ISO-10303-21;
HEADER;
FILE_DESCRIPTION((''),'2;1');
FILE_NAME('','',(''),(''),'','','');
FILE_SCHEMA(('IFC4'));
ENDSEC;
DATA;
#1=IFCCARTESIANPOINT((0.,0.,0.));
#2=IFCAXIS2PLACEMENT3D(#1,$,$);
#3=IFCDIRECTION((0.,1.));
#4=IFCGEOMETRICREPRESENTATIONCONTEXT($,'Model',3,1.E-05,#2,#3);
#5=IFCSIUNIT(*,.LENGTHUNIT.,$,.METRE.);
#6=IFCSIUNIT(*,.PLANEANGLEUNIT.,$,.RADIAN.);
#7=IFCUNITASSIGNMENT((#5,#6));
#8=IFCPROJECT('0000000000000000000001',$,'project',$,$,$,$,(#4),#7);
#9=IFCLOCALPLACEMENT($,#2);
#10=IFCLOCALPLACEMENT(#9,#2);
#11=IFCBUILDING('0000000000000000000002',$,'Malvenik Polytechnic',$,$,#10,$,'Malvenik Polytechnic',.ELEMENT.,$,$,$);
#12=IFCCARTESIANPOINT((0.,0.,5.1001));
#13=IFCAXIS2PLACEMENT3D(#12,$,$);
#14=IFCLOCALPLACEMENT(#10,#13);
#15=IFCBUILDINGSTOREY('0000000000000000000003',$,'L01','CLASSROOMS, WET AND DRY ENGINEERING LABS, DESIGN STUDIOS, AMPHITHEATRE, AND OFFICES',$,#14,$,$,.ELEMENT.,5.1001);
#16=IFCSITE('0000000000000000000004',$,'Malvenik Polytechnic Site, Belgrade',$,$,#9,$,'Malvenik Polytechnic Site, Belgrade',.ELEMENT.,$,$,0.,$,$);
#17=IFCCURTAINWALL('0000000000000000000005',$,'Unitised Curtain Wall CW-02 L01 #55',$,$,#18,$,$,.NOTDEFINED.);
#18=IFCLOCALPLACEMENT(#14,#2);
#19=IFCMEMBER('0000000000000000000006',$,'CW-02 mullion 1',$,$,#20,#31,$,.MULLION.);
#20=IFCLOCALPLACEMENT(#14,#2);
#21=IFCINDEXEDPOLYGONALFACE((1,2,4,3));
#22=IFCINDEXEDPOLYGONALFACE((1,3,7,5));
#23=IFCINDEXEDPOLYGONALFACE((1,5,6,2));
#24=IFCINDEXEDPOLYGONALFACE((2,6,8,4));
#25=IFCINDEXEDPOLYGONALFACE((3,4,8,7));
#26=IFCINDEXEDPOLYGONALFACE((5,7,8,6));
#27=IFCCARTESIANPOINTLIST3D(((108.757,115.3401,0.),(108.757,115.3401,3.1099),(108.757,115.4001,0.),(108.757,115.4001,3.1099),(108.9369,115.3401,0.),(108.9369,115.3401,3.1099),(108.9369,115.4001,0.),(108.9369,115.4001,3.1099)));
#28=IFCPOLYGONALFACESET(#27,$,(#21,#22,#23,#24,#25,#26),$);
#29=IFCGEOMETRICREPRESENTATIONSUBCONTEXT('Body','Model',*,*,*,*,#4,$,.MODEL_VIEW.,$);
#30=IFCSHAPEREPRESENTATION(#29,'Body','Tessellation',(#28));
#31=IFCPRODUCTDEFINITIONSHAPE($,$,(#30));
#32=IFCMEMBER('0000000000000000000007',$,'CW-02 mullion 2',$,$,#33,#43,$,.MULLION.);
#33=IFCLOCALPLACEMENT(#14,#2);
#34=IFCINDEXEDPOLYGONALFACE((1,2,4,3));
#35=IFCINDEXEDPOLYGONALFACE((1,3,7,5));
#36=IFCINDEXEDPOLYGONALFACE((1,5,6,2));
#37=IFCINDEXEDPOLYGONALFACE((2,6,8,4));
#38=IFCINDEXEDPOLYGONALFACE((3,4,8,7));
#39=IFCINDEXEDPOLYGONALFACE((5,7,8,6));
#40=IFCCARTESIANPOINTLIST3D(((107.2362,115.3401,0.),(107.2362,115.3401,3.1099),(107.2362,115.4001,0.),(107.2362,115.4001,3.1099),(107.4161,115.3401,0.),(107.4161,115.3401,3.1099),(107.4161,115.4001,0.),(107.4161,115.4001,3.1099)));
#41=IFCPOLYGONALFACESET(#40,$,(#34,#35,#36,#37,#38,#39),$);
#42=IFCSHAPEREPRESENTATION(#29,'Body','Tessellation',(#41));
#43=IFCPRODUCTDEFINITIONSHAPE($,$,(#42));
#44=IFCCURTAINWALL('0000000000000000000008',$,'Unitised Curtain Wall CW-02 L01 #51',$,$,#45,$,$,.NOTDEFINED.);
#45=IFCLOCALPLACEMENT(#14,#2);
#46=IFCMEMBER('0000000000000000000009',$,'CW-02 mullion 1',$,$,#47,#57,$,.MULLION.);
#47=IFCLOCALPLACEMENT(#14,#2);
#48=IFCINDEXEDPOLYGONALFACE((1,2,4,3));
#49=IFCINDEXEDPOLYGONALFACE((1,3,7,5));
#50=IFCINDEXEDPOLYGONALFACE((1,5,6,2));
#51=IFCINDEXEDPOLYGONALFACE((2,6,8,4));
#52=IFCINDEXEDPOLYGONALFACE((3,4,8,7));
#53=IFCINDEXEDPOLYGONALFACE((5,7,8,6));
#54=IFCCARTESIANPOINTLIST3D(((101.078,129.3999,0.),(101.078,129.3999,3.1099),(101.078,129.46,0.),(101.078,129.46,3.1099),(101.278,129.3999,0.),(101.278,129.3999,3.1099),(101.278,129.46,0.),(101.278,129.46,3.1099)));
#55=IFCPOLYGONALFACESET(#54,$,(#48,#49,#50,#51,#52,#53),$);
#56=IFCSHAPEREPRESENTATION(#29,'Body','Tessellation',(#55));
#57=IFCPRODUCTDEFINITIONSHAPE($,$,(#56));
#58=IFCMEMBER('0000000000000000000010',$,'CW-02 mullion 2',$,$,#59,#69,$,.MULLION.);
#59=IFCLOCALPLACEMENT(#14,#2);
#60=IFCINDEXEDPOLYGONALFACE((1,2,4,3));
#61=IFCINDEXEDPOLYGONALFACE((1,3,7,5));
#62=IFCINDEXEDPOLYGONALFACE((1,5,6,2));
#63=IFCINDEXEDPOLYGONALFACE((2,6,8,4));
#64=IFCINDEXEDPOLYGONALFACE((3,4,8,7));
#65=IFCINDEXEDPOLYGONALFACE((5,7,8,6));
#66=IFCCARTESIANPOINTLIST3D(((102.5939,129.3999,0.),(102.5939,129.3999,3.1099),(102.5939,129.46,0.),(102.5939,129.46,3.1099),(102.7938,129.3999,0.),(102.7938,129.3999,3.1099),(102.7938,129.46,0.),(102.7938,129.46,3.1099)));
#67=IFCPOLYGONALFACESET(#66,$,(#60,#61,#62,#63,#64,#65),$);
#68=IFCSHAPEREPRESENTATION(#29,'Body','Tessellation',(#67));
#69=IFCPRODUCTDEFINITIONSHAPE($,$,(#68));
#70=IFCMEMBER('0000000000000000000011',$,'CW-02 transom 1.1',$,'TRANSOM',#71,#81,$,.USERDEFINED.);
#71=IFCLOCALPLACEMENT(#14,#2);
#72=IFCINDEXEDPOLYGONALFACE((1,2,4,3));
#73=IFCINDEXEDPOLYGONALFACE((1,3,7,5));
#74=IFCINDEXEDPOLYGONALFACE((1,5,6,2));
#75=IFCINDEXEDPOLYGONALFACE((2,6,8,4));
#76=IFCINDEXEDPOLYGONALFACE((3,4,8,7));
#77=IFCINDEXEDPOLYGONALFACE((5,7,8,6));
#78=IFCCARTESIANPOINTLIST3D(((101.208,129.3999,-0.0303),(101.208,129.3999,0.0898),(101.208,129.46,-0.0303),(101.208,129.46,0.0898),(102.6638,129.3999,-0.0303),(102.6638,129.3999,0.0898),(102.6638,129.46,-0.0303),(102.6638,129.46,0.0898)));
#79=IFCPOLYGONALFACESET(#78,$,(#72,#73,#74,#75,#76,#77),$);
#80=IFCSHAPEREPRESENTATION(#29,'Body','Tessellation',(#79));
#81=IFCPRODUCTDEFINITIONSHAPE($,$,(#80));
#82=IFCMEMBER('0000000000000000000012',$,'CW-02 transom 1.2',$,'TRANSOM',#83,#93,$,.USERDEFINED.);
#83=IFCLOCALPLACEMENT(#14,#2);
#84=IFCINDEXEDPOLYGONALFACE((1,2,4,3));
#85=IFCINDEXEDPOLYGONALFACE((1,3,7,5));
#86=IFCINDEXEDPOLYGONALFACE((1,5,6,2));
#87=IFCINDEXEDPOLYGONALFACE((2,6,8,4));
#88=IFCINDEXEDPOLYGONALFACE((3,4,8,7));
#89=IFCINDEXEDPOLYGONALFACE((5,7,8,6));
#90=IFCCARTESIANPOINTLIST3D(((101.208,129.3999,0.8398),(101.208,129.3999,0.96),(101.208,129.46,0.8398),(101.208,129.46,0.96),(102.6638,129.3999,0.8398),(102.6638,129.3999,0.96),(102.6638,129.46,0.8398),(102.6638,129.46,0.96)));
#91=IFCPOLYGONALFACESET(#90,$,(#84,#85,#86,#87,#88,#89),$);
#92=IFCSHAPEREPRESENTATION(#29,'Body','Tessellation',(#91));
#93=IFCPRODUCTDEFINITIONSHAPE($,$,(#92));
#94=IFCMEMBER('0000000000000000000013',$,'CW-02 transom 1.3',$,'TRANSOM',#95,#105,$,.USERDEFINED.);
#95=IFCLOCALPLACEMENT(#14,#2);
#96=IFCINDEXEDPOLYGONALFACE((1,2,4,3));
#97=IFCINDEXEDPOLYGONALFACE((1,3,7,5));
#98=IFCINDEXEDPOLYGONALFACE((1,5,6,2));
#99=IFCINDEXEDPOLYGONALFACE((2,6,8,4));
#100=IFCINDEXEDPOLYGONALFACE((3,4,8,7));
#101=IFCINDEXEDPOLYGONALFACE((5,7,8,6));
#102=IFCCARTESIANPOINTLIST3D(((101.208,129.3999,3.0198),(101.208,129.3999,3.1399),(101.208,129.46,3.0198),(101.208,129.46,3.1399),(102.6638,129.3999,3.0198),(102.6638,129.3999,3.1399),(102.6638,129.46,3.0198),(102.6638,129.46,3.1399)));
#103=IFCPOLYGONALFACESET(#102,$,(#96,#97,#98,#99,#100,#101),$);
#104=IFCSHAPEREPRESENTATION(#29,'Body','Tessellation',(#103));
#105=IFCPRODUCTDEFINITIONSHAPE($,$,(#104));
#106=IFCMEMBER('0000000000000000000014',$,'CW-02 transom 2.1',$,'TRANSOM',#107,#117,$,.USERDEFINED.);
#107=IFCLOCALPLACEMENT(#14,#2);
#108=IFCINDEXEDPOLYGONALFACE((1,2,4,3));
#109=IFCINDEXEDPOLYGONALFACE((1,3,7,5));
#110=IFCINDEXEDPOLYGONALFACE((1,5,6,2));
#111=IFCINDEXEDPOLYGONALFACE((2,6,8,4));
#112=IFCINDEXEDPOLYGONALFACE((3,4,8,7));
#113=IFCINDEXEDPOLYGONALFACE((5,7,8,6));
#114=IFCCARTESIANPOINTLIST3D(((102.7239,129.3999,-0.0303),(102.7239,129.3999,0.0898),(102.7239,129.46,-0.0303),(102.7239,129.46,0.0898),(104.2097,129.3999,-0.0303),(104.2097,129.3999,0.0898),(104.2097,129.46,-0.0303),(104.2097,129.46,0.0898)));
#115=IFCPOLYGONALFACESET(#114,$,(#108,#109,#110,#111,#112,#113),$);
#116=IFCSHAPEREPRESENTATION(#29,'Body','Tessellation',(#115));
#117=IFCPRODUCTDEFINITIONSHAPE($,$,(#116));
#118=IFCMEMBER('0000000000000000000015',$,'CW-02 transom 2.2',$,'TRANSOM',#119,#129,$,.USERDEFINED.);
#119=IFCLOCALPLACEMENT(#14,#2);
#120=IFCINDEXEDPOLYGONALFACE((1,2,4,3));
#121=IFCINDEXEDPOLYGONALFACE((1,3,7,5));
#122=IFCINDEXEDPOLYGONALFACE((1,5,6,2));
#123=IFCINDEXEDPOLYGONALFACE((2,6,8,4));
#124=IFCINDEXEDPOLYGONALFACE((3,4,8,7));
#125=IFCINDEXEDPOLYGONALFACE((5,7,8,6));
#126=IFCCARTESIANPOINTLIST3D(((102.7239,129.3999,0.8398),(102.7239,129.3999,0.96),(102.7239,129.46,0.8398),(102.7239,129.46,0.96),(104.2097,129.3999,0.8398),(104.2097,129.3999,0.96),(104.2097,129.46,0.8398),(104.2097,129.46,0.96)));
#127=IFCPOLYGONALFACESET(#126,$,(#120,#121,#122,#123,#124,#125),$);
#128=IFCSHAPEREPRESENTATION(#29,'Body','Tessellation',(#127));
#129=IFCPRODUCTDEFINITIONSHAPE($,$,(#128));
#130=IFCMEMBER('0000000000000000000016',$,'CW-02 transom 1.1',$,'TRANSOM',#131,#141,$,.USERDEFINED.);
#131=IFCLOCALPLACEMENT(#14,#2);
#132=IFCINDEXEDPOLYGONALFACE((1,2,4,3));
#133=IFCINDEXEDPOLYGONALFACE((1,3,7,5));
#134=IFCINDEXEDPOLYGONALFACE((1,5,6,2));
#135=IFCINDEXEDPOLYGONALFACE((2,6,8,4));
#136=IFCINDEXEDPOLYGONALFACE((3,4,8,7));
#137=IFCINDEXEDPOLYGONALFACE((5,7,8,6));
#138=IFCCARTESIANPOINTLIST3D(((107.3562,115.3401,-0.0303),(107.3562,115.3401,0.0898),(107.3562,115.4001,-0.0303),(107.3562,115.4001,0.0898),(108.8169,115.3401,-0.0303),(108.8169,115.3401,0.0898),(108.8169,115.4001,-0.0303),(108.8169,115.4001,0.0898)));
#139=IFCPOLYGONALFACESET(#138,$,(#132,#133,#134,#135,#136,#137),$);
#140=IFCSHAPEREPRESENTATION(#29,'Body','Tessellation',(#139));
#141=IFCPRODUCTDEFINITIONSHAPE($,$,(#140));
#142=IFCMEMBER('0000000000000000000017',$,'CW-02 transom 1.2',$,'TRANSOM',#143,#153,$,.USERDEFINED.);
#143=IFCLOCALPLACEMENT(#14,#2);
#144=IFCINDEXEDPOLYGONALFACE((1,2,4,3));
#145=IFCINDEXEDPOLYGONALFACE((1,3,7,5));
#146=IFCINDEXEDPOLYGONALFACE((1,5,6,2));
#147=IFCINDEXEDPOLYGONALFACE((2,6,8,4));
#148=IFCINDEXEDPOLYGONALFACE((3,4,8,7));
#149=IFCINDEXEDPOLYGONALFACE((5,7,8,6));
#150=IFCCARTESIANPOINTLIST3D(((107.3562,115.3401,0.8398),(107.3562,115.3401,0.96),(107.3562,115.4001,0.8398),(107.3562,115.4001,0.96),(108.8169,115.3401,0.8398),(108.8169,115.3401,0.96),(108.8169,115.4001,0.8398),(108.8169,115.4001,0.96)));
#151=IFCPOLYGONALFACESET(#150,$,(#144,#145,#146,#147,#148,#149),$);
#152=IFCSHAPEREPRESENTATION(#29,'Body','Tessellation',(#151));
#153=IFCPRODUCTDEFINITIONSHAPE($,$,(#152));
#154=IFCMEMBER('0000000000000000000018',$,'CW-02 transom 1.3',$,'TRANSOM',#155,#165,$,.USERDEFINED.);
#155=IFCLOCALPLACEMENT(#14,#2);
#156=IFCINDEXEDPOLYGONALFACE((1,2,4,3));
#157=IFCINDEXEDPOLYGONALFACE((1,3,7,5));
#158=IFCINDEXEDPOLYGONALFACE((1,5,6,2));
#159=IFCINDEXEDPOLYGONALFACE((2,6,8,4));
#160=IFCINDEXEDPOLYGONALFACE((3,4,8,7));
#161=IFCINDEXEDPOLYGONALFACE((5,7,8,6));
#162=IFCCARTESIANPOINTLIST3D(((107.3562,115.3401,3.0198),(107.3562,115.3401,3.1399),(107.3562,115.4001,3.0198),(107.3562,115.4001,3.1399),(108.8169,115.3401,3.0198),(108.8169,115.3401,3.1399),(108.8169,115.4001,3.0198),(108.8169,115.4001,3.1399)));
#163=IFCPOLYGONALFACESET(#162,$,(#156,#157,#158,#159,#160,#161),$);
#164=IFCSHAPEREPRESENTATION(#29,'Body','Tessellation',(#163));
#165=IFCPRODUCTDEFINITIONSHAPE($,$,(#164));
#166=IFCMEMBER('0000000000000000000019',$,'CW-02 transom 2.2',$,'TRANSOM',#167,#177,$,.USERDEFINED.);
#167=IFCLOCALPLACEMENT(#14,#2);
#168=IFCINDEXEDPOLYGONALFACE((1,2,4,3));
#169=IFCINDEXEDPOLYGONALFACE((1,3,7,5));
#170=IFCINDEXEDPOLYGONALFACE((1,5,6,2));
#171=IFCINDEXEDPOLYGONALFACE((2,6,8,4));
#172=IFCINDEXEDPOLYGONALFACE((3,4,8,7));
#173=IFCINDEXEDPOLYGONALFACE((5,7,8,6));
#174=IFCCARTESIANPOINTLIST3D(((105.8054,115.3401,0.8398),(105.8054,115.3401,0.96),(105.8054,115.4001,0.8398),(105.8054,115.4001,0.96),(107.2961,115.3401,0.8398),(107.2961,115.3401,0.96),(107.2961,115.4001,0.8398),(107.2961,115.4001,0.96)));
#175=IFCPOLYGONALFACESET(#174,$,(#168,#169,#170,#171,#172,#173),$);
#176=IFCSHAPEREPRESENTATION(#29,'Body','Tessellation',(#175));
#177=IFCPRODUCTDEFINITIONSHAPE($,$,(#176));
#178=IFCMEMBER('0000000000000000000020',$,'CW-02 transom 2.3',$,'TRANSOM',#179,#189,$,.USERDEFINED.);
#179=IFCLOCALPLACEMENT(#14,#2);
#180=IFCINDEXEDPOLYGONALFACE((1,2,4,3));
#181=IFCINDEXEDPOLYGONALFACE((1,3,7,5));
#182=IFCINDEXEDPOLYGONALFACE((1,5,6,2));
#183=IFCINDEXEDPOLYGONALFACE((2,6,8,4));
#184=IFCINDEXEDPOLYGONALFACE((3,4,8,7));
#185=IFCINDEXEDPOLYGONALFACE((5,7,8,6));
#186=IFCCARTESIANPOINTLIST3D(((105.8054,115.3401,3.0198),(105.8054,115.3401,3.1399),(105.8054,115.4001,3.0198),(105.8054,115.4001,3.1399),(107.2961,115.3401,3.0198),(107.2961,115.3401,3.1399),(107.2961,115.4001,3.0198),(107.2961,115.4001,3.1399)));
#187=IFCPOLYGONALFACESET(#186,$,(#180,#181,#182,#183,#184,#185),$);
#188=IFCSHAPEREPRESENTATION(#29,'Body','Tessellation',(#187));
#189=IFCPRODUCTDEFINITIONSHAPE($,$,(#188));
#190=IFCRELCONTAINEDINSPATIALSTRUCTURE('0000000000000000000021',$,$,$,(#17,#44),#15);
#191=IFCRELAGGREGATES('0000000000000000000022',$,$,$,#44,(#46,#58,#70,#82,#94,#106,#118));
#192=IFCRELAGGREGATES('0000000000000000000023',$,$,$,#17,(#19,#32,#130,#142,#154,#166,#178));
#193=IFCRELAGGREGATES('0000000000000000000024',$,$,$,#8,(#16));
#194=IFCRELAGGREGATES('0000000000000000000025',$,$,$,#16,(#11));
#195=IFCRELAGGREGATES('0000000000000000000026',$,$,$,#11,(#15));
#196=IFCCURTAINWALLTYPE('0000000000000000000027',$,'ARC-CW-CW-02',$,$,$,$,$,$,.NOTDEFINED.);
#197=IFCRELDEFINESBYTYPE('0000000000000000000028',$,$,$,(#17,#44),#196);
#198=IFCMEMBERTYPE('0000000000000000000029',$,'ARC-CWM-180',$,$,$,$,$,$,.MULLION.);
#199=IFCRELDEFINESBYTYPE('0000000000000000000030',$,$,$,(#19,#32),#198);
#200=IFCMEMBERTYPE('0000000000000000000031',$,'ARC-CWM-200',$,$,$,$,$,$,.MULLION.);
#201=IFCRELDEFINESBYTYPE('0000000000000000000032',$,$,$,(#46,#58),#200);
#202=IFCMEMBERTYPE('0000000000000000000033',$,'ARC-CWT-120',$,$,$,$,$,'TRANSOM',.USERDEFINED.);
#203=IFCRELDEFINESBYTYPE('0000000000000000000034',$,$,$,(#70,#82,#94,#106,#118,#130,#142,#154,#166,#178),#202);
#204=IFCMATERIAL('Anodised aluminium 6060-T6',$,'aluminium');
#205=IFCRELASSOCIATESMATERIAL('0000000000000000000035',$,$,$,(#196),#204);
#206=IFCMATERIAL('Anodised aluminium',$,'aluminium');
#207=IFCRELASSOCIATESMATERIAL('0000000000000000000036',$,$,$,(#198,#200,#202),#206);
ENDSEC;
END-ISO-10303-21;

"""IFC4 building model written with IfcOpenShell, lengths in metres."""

from ifc_helpers import new_model, si_unit, direction, frame, origin, origin_2d, place, context, subcontext, project, spatial, rectangle, extrude, material, material_profile, profile_set, type_object, element, aggregate, save


model = new_model("IFC4")

# Units and contexts
model_context = context("Model", 3, precision=1e-05, world=origin(), true_north=direction((0.0, 1.0)))
body_context = subcontext(model_context, "Body", "Model", "MODEL_VIEW")
ifc_project = project(units=[si_unit("LENGTHUNIT", "METRE"), si_unit("PLANEANGLEUNIT", "RADIAN")], contexts=[model_context])

# Site, building, storey
site_placement = place(None, origin())
site = spatial("IfcSite", under=ifc_project, at=site_placement, Name="Malvenik Polytechnic Site, Belgrade", LongName="Malvenik Polytechnic Site, Belgrade", CompositionType="ELEMENT", RefElevation=0.0)
building_placement = place(site_placement, origin())
building = spatial("IfcBuilding", under=site, at=building_placement, Name="Malvenik Polytechnic", LongName="Malvenik Polytechnic", CompositionType="ELEMENT")
storey_placement = place(building_placement, frame((0.0, 0.0, 5.1001)))
storey = spatial("IfcBuildingStorey", under=building, at=storey_placement, Name="L01", Description="CLASSROOMS, WET AND DRY ENGINEERING LABS, DESIGN STUDIOS, AMPHITHEATRE, AND OFFICES", CompositionType="ELEMENT", Elevation=5.1001)

# Curtain walls, members
ifc_material_1 = material(Name="Anodised aluminium 6060-T6", Category="aluminium")
curtain_wall_type = type_object("IfcCurtainWallType", Name="ARC-CW-CW-02", PredefinedType="NOTDEFINED", material=ifc_material_1)
curtain_wall_1_placement = place(storey_placement, origin())
curtain_wall_1 = element("IfcCurtainWall", 1, at=curtain_wall_1_placement, inside=storey, type_object=curtain_wall_type, Name="Unitised Curtain Wall CW-02 L01 #55", PredefinedType="NOTDEFINED")
ifc_material_2 = material(Name="Anodised aluminium", Category="aluminium")
ifc_material_profile_1 = material_profile(ifc_material_2, rectangle(XDim=0.0601, YDim=0.1799, at=origin_2d()), Name="ALU MULLION 60x180")
ifc_profile_set_1 = profile_set([ifc_material_profile_1], Name="Anodised aluminium")
member_type_1 = type_object("IfcMemberType", Name="ARC-CWM-180", PredefinedType="MULLION", material=ifc_profile_set_1)
member_1_placement = place(storey_placement, frame((108.8469, 115.3701, 0.0), z_axis=(0.0, 0.0, 1.0), x_axis=(0.0, -1.0, 0.0)))
member_1 = element("IfcMember", 2, at=member_1_placement, type_object=member_type_1, Name="CW-02 mullion 1", PredefinedType="MULLION", context=body_context, shape_type="SweptSolid", body=[
    extrude(rectangle(XDim=0.0601, YDim=0.1799, at=origin_2d()), origin(), (0.0, 0.0, 1.0), 3.1099),
])
member_2_placement = place(storey_placement, frame((107.3262, 115.3701, 0.0), z_axis=(0.0, 0.0, 1.0), x_axis=(0.0, -1.0, 0.0)))
member_2 = element("IfcMember", 3, at=member_2_placement, type_object=member_type_1, Name="CW-02 mullion 2", PredefinedType="MULLION", context=body_context, shape_type="SweptSolid", body=[
    extrude(rectangle(XDim=0.0601, YDim=0.1799, at=origin_2d()), origin(), (0.0, 0.0, 1.0), 3.1099),
])
curtain_wall_2_placement = place(storey_placement, origin())
curtain_wall_2 = element("IfcCurtainWall", 4, at=curtain_wall_2_placement, inside=storey, type_object=curtain_wall_type, Name="Unitised Curtain Wall CW-02 L01 #51", PredefinedType="NOTDEFINED")
ifc_material_profile_2 = material_profile(ifc_material_2, rectangle(XDim=0.0601, YDim=0.2, at=origin_2d()), Name="ALU MULLION 60x200")
ifc_profile_set_2 = profile_set([ifc_material_profile_2], Name="Anodised aluminium")
member_type_2 = type_object("IfcMemberType", Name="ARC-CWM-200", PredefinedType="MULLION", material=ifc_profile_set_2)
member_3_placement = place(storey_placement, frame((101.178, 129.4299, 0.0), z_axis=(0.0, 0.0, 1.0), x_axis=(0.0, 1.0, 0.0)))
member_3 = element("IfcMember", 5, at=member_3_placement, type_object=member_type_2, Name="CW-02 mullion 1", PredefinedType="MULLION", context=body_context, shape_type="SweptSolid", body=[
    extrude(rectangle(XDim=0.0601, YDim=0.2, at=origin_2d()), origin(), (0.0, 0.0, 1.0), 3.1099),
])
member_4_placement = place(storey_placement, frame((102.6938, 129.4299, 0.0), z_axis=(0.0, 0.0, 1.0), x_axis=(0.0, 1.0, 0.0)))
member_4 = element("IfcMember", 6, at=member_4_placement, type_object=member_type_2, Name="CW-02 mullion 2", PredefinedType="MULLION", context=body_context, shape_type="SweptSolid", body=[
    extrude(rectangle(XDim=0.0601, YDim=0.2, at=origin_2d()), origin(), (0.0, 0.0, 1.0), 3.1099),
])
ifc_material_profile_3 = material_profile(ifc_material_2, rectangle(XDim=0.0601, YDim=0.1201, at=origin_2d()), Name="ALU TRANSOM 60x120")
ifc_profile_set_3 = profile_set([ifc_material_profile_3], Name="Anodised aluminium")
member_type_3 = type_object("IfcMemberType", Name="ARC-CWT-120", ElementType="TRANSOM", PredefinedType="USERDEFINED", material=ifc_profile_set_3)
member_5_placement = place(storey_placement, frame((101.208, 129.4299, 0.0298), z_axis=(1.0, 0.0, 0.0), x_axis=(0.0, 1.0, 0.0)))
member_5 = element("IfcMember", 7, at=member_5_placement, type_object=member_type_3, Name="CW-02 transom 1.1", ObjectType="TRANSOM", PredefinedType="USERDEFINED", context=body_context, shape_type="SweptSolid", body=[
    extrude(rectangle(XDim=0.0601, YDim=0.1201, at=origin_2d()), origin(), (0.0, 0.0, 1.0), 1.4558),
])
member_6_placement = place(storey_placement, frame((101.208, 129.4299, 0.8999), z_axis=(1.0, 0.0, 0.0), x_axis=(0.0, 1.0, 0.0)))
member_6 = element("IfcMember", 8, at=member_6_placement, type_object=member_type_3, Name="CW-02 transom 1.2", ObjectType="TRANSOM", PredefinedType="USERDEFINED", context=body_context, shape_type="SweptSolid", body=[
    extrude(rectangle(XDim=0.0601, YDim=0.1201, at=origin_2d()), origin(), (0.0, 0.0, 1.0), 1.4558),
])
member_7_placement = place(storey_placement, frame((101.208, 129.4299, 3.0798), z_axis=(1.0, 0.0, 0.0), x_axis=(0.0, 1.0, 0.0)))
member_7 = element("IfcMember", 9, at=member_7_placement, type_object=member_type_3, Name="CW-02 transom 1.3", ObjectType="TRANSOM", PredefinedType="USERDEFINED", context=body_context, shape_type="SweptSolid", body=[
    extrude(rectangle(XDim=0.0601, YDim=0.1201, at=origin_2d()), origin(), (0.0, 0.0, 1.0), 1.4558),
])
member_8_placement = place(storey_placement, frame((102.7239, 129.4299, 0.0298), z_axis=(1.0, 0.0, 0.0), x_axis=(0.0, 1.0, 0.0)))
member_8 = element("IfcMember", 10, at=member_8_placement, type_object=member_type_3, Name="CW-02 transom 2.1", ObjectType="TRANSOM", PredefinedType="USERDEFINED", context=body_context, shape_type="SweptSolid", body=[
    extrude(rectangle(XDim=0.0601, YDim=0.1201, at=origin_2d()), origin(), (0.0, 0.0, 1.0), 1.4858),
])
member_9_placement = place(storey_placement, frame((102.7239, 129.4299, 0.8999), z_axis=(1.0, 0.0, 0.0), x_axis=(0.0, 1.0, 0.0)))
member_9 = element("IfcMember", 11, at=member_9_placement, type_object=member_type_3, Name="CW-02 transom 2.2", ObjectType="TRANSOM", PredefinedType="USERDEFINED", context=body_context, shape_type="SweptSolid", body=[
    extrude(rectangle(XDim=0.0601, YDim=0.1201, at=origin_2d()), origin(), (0.0, 0.0, 1.0), 1.4858),
])

# Members
member_10_placement = place(storey_placement, frame((108.8169, 115.3701, 0.0298), z_axis=(-1.0, 0.0, 0.0), x_axis=(0.0, -1.0, 0.0)))
member_10 = element("IfcMember", 12, at=member_10_placement, type_object=member_type_3, Name="CW-02 transom 1.1", ObjectType="TRANSOM", PredefinedType="USERDEFINED", context=body_context, shape_type="SweptSolid", body=[
    extrude(rectangle(XDim=0.0601, YDim=0.1201, at=origin_2d()), origin(), (0.0, 0.0, 1.0), 1.4607),
])
member_11_placement = place(storey_placement, frame((108.8169, 115.3701, 0.8999), z_axis=(-1.0, 0.0, 0.0), x_axis=(0.0, -1.0, 0.0)))
member_11 = element("IfcMember", 13, at=member_11_placement, type_object=member_type_3, Name="CW-02 transom 1.2", ObjectType="TRANSOM", PredefinedType="USERDEFINED", context=body_context, shape_type="SweptSolid", body=[
    extrude(rectangle(XDim=0.0601, YDim=0.1201, at=origin_2d()), origin(), (0.0, 0.0, 1.0), 1.4607),
])
member_12_placement = place(storey_placement, frame((108.8169, 115.3701, 3.0798), z_axis=(-1.0, 0.0, 0.0), x_axis=(0.0, -1.0, 0.0)))
member_12 = element("IfcMember", 14, at=member_12_placement, type_object=member_type_3, Name="CW-02 transom 1.3", ObjectType="TRANSOM", PredefinedType="USERDEFINED", context=body_context, shape_type="SweptSolid", body=[
    extrude(rectangle(XDim=0.0601, YDim=0.1201, at=origin_2d()), origin(), (0.0, 0.0, 1.0), 1.4607),
])
member_13_placement = place(storey_placement, frame((107.2961, 115.3701, 0.8999), z_axis=(-1.0, 0.0, 0.0), x_axis=(0.0, -1.0, 0.0)))
member_13 = element("IfcMember", 15, at=member_13_placement, type_object=member_type_3, Name="CW-02 transom 2.2", ObjectType="TRANSOM", PredefinedType="USERDEFINED", context=body_context, shape_type="SweptSolid", body=[
    extrude(rectangle(XDim=0.0601, YDim=0.1201, at=origin_2d()), origin(), (0.0, 0.0, 1.0), 1.4907),
])
member_14_placement = place(storey_placement, frame((107.2961, 115.3701, 3.0798), z_axis=(-1.0, 0.0, 0.0), x_axis=(0.0, -1.0, 0.0)))
member_14 = element("IfcMember", 16, at=member_14_placement, type_object=member_type_3, Name="CW-02 transom 2.3", ObjectType="TRANSOM", PredefinedType="USERDEFINED", context=body_context, shape_type="SweptSolid", body=[
    extrude(rectangle(XDim=0.0601, YDim=0.1201, at=origin_2d()), origin(), (0.0, 0.0, 1.0), 1.4907),
])

aggregate(curtain_wall_2, [member_3, member_4, member_5, member_6, member_7, member_8, member_9])
aggregate(curtain_wall_1, [member_1, member_2, member_10, member_11, member_12, member_13, member_14])

save(model, "model.ifc")
